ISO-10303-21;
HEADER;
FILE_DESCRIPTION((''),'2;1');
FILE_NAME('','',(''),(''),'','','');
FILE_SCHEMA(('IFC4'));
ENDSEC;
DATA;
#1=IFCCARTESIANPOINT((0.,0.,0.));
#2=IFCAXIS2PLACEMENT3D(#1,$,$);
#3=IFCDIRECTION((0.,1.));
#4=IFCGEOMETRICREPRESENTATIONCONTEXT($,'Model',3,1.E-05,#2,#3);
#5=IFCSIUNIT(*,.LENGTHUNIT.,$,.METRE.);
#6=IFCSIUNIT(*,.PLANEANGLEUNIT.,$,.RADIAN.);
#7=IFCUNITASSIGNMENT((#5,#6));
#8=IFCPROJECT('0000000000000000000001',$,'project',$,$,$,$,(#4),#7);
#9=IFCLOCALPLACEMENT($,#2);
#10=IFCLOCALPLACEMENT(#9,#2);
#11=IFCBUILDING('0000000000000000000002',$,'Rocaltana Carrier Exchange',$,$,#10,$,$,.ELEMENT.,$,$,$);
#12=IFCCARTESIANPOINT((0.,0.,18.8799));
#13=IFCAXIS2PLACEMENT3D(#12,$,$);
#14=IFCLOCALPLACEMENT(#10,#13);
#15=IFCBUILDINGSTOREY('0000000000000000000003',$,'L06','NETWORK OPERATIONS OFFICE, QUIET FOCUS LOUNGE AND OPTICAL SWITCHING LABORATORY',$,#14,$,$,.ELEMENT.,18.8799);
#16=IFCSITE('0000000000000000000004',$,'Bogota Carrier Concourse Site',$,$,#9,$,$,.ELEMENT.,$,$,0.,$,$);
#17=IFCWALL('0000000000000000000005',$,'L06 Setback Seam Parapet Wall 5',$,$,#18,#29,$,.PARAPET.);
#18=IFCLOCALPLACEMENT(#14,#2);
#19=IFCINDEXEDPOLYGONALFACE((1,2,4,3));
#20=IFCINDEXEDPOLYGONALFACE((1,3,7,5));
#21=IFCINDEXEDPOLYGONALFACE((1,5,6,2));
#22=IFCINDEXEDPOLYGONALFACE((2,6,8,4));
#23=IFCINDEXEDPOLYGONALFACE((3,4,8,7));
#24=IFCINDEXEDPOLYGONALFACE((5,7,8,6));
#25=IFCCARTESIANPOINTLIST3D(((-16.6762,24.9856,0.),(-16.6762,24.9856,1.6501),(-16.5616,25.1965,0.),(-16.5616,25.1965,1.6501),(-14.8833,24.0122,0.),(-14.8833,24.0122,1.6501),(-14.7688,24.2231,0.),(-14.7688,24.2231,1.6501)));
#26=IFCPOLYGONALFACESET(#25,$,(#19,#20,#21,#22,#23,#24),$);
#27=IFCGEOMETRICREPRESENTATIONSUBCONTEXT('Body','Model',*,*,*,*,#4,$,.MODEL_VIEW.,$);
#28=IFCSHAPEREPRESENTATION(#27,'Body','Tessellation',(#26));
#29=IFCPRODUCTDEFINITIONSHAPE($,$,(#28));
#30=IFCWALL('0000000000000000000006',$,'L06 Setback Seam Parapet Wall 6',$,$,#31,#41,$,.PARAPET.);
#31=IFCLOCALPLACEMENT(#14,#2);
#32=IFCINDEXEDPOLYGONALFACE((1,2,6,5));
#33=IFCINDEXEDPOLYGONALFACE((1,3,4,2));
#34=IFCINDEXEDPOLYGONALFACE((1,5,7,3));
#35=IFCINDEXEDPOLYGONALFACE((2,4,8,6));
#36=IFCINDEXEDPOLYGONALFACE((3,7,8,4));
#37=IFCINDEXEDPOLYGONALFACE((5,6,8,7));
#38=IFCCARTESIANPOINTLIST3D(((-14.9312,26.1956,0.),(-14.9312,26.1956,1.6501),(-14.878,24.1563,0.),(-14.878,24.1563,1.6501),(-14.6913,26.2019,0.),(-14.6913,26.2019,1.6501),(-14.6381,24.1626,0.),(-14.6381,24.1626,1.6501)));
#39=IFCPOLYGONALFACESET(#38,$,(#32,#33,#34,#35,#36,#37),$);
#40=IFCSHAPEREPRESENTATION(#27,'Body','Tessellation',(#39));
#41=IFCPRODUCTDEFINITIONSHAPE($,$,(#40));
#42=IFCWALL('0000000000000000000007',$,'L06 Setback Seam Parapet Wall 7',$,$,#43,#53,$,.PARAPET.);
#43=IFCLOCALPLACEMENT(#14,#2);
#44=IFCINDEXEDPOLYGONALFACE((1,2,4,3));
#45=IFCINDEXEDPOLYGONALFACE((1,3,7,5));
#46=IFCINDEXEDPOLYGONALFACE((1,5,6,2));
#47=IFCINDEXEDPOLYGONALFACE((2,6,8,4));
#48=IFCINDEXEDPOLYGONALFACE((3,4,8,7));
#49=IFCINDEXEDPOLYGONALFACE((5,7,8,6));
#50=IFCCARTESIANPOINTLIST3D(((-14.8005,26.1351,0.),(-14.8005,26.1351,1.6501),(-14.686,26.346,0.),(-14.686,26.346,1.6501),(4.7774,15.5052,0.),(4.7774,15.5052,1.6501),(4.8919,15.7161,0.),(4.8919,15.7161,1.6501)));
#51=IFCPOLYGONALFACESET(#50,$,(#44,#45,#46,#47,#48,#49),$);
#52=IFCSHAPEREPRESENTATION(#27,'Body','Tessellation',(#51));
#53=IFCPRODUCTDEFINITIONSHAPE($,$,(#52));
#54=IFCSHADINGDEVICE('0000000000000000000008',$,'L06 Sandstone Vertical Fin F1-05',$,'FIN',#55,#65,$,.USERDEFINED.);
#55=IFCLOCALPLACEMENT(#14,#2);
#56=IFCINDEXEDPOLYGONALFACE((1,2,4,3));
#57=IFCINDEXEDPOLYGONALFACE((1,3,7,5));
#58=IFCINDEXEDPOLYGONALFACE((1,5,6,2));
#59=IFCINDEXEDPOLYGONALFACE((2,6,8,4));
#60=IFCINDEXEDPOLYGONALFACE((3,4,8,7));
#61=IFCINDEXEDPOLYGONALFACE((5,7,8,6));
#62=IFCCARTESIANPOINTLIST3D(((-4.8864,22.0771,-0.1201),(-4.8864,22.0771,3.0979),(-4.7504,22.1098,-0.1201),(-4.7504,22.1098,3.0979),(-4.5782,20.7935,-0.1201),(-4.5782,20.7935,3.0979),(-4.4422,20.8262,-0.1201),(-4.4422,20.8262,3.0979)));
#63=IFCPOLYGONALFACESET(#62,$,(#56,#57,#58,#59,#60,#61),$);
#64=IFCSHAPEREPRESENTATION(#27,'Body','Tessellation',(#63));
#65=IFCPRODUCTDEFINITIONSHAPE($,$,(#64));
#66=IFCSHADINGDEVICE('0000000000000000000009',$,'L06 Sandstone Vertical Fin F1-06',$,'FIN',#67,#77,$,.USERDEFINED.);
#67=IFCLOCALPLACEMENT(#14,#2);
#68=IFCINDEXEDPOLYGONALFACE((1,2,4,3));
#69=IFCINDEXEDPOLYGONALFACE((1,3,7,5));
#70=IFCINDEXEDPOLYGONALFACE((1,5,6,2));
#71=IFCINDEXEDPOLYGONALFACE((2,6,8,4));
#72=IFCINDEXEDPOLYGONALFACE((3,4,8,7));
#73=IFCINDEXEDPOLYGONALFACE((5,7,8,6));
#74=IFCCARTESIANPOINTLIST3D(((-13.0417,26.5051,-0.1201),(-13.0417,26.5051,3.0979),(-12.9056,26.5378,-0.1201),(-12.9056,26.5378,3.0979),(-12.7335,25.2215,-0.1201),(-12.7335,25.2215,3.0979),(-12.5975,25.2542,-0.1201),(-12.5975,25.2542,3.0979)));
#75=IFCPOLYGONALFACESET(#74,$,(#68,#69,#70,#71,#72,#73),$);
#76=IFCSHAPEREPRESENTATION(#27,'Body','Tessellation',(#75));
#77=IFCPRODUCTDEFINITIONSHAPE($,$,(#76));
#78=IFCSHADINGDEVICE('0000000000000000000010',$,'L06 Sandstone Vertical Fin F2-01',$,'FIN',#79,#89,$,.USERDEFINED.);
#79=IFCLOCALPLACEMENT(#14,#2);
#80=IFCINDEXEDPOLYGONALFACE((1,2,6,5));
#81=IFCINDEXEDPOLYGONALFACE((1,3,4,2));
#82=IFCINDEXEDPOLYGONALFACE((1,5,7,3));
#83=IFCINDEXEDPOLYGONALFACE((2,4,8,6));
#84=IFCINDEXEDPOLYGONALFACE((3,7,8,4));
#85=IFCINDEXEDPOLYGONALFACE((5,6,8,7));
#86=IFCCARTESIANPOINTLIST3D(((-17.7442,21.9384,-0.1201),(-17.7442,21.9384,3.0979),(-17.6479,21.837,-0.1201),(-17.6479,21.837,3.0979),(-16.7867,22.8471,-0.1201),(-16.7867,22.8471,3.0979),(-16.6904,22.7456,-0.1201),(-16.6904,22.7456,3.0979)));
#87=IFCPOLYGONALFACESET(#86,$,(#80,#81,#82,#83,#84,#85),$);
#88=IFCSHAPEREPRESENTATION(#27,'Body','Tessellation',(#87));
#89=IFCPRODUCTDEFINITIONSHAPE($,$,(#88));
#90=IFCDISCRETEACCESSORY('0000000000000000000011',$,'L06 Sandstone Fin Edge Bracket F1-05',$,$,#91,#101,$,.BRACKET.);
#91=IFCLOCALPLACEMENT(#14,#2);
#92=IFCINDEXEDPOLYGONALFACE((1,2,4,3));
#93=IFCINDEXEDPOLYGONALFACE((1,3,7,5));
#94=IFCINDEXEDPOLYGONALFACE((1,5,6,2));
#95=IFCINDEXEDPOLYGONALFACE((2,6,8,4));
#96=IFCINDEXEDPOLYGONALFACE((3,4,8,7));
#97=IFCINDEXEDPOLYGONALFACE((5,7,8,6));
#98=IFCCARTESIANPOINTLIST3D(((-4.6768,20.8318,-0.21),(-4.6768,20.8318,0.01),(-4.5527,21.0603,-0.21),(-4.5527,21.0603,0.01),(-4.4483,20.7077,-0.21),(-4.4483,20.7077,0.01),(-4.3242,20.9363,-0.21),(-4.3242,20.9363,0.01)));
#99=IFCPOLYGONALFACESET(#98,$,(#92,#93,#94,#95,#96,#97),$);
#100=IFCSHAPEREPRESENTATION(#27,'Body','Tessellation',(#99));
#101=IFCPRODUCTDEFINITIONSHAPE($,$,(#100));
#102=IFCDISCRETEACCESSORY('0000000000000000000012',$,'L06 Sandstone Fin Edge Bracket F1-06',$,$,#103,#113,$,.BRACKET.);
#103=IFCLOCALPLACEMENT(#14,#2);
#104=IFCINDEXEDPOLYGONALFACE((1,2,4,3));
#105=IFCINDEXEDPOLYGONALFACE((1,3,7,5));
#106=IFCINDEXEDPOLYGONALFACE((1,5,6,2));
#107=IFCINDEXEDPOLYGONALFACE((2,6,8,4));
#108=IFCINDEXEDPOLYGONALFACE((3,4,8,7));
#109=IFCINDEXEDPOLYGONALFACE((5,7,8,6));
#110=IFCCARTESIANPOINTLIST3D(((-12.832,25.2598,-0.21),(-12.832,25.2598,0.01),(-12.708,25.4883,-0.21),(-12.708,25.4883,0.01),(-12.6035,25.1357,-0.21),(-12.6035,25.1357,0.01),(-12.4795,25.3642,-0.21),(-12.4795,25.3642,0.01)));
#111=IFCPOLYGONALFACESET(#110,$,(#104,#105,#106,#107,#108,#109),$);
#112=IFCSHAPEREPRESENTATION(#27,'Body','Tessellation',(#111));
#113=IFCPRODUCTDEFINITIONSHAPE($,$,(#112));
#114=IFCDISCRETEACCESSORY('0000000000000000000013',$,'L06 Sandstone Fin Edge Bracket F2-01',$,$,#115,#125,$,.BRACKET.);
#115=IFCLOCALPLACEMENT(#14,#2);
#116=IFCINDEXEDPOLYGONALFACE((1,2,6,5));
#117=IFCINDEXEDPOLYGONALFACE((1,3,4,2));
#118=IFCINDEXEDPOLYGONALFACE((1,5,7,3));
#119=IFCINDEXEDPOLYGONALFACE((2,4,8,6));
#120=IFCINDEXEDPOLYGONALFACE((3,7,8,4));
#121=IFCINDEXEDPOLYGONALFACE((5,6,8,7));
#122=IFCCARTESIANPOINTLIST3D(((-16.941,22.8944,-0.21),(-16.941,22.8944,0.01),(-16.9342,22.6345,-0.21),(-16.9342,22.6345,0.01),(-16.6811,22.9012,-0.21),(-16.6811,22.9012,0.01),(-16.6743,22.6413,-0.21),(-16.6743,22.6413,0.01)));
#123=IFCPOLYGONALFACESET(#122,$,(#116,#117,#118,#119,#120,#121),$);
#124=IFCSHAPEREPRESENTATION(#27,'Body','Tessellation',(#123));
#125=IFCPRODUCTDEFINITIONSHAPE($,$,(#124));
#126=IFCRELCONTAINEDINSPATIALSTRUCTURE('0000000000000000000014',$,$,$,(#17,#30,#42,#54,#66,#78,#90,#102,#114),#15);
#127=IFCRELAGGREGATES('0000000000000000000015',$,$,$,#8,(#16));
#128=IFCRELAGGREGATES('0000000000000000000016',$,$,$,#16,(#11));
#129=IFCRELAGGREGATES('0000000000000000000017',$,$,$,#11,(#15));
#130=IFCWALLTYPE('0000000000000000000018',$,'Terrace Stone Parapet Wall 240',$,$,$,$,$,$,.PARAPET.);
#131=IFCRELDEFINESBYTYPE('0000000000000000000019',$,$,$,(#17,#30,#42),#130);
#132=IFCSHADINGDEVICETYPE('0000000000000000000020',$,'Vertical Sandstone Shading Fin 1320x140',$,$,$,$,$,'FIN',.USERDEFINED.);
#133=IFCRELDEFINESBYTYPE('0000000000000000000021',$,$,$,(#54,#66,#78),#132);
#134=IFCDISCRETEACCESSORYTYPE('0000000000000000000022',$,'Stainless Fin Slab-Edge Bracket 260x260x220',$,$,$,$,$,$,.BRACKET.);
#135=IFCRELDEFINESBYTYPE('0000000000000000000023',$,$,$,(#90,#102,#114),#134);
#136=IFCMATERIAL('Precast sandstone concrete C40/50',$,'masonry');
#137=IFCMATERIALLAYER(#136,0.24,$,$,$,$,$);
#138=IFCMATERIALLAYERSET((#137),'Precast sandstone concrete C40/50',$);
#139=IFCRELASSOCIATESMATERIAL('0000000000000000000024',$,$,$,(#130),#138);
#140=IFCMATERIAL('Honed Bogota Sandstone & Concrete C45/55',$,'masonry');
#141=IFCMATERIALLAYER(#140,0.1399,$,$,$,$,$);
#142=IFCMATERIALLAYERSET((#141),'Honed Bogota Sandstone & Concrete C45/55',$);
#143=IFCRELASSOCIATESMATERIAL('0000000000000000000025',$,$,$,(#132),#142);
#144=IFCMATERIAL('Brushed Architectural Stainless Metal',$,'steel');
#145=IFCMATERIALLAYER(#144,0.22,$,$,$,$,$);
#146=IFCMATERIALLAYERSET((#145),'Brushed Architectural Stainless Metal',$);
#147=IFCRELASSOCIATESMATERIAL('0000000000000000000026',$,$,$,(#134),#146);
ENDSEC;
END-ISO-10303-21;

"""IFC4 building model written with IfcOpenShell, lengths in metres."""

from ifc_helpers import new_model, si_unit, direction, frame, frame_2d, origin, origin_2d, place, context, subcontext, project, spatial, rectangle, extrude, material, layer, layer_set, type_object, element, save


model = new_model("IFC4")

# Units and contexts
model_context = context("Model", 3, precision=1e-05, world=origin(), true_north=direction((0.0, 1.0)))
body_context = subcontext(model_context, "Body", "Model", "MODEL_VIEW")
ifc_project = project(units=[si_unit("LENGTHUNIT", "METRE"), si_unit("PLANEANGLEUNIT", "RADIAN")], contexts=[model_context])

# Site, building, storey
site_placement = place(None, origin())
site = spatial("IfcSite", under=ifc_project, at=site_placement, Name="Bogota Carrier Concourse Site", CompositionType="ELEMENT", RefElevation=0.0)
building_placement = place(site_placement, origin())
building = spatial("IfcBuilding", under=site, at=building_placement, Name="Rocaltana Carrier Exchange", CompositionType="ELEMENT")
storey_placement = place(building_placement, frame((0.0, 0.0, 18.8799)))
storey = spatial("IfcBuildingStorey", under=building, at=storey_placement, Name="L06", Description="NETWORK OPERATIONS OFFICE, QUIET FOCUS LOUNGE AND OPTICAL SWITCHING LABORATORY", CompositionType="ELEMENT", Elevation=18.8799)

# Walls
ifc_material_1 = material(Name="Precast sandstone concrete C40/50", Category="masonry")
ifc_layer_1 = layer(ifc_material_1, 0.24)
ifc_layer_set_1 = layer_set([ifc_layer_1], Name="Precast sandstone concrete C40/50")
wall_type = type_object("IfcWallType", Name="Terrace Stone Parapet Wall 240", PredefinedType="PARAPET", material=ifc_layer_set_1)
for number, where, z_axis, x_axis, name in (
    (1, (-16.6189, 25.0911, 0.0), (0.0, 0.0, 1.0), (0.878813, -0.477166, 0.0), "L06 Setback Seam Parapet Wall 5"),
    (2, (-14.7581, 24.1594, 0.0), (0.0, 0.0, 1.0), (-0.02609, 0.99966, 0.0), "L06 Setback Seam Parapet Wall 6"),
):
    element("IfcWall", number, at=place(storey_placement, frame(where, z_axis=z_axis, x_axis=x_axis)), inside=storey, type_object=wall_type, Name=name, PredefinedType="PARAPET", context=body_context, shape_type="SweptSolid", body=[
        extrude(rectangle(XDim=2.04, YDim=0.24, at=frame_2d((1.02, 0.0))), origin(), (0.0, 0.0, 1.0), 1.6501),
    ])
wall_placement = place(storey_placement, frame((-14.7432, 26.2405, 0.0), z_axis=(0.0, 0.0, 1.0), x_axis=(0.878818, -0.477157, 0.0)))
element("IfcWall", 3, at=wall_placement, inside=storey, type_object=wall_type, Name="L06 Setback Seam Parapet Wall 7", PredefinedType="PARAPET", context=body_context, shape_type="SweptSolid", body=[
    extrude(rectangle(XDim=22.2776, YDim=0.24, at=frame_2d((11.1387, 0.0))), origin(), (0.0, 0.0, 1.0), 1.6501),
])

# Shading devices
ifc_material_2 = material(Name="Honed Bogota Sandstone & Concrete C45/55", Category="masonry")
ifc_layer_2 = layer(ifc_material_2, 0.1399)
ifc_layer_set_2 = layer_set([ifc_layer_2], Name="Honed Bogota Sandstone & Concrete C45/55")
shading_device_type = type_object("IfcShadingDeviceType", Name="Vertical Sandstone Shading Fin 1320x140", ElementType="FIN", PredefinedType="USERDEFINED", material=ifc_layer_set_2)
for number, where, z_axis, x_axis, name in (
    (4, (-4.6643, 21.4517, -0.1201), (0.0, 0.0, 1.0), (-0.233445, 0.97237, 0.0), "L06 Sandstone Vertical Fin F1-05"),
    (5, (-12.8196, 25.8796, -0.1201), (0.0, 0.0, 1.0), (-0.233445, 0.97237, 0.0), "L06 Sandstone Vertical Fin F1-06"),
    (6, (-17.2173, 22.342, -0.1201), (0.0, 0.0, 1.0), (-0.725374, -0.688355, 0.0), "L06 Sandstone Vertical Fin F2-01"),
):
    element("IfcShadingDevice", number, at=place(storey_placement, frame(where, z_axis=z_axis, x_axis=x_axis)), inside=storey, type_object=shading_device_type, Name=name, ObjectType="FIN", PredefinedType="USERDEFINED", context=body_context, shape_type="SweptSolid", body=[
        extrude(rectangle(XDim=1.3201, YDim=0.1399, at=origin_2d()), origin(), (0.0, 0.0, 1.0), 3.218),
    ])

# Discrete accessories
ifc_material_3 = material(Name="Brushed Architectural Stainless Metal", Category="steel")
ifc_layer_3 = layer(ifc_material_3, 0.22)
ifc_layer_set_3 = layer_set([ifc_layer_3], Name="Brushed Architectural Stainless Metal")
discrete_accessory_type = type_object("IfcDiscreteAccessoryType", Name="Stainless Fin Slab-Edge Bracket 260x260x220", PredefinedType="BRACKET", material=ifc_layer_set_3)
for number, where, z_axis, x_axis, name in (
    (7, (-4.5005, 20.884, -0.21), (0.0, 0.0, 1.0), (-0.878817, 0.477159, 0.0), "L06 Sandstone Fin Edge Bracket F1-05"),
    (8, (-12.6558, 25.312, -0.21), (0.0, 0.0, 1.0), (-0.878817, 0.477159, 0.0), "L06 Sandstone Fin Edge Bracket F1-06"),
    (9, (-16.8076, 22.7678, -0.21), (0.0, 0.0, 1.0), (0.026177, -0.999657, 0.0), "L06 Sandstone Fin Edge Bracket F2-01"),
):
    element("IfcDiscreteAccessory", number, at=place(storey_placement, frame(where, z_axis=z_axis, x_axis=x_axis)), inside=storey, type_object=discrete_accessory_type, Name=name, PredefinedType="BRACKET", context=body_context, shape_type="SweptSolid", body=[
        extrude(rectangle(XDim=0.26, YDim=0.26, at=origin_2d()), origin(), (0.0, 0.0, 1.0), 0.22),
    ])

save(model, "model.ifc")
